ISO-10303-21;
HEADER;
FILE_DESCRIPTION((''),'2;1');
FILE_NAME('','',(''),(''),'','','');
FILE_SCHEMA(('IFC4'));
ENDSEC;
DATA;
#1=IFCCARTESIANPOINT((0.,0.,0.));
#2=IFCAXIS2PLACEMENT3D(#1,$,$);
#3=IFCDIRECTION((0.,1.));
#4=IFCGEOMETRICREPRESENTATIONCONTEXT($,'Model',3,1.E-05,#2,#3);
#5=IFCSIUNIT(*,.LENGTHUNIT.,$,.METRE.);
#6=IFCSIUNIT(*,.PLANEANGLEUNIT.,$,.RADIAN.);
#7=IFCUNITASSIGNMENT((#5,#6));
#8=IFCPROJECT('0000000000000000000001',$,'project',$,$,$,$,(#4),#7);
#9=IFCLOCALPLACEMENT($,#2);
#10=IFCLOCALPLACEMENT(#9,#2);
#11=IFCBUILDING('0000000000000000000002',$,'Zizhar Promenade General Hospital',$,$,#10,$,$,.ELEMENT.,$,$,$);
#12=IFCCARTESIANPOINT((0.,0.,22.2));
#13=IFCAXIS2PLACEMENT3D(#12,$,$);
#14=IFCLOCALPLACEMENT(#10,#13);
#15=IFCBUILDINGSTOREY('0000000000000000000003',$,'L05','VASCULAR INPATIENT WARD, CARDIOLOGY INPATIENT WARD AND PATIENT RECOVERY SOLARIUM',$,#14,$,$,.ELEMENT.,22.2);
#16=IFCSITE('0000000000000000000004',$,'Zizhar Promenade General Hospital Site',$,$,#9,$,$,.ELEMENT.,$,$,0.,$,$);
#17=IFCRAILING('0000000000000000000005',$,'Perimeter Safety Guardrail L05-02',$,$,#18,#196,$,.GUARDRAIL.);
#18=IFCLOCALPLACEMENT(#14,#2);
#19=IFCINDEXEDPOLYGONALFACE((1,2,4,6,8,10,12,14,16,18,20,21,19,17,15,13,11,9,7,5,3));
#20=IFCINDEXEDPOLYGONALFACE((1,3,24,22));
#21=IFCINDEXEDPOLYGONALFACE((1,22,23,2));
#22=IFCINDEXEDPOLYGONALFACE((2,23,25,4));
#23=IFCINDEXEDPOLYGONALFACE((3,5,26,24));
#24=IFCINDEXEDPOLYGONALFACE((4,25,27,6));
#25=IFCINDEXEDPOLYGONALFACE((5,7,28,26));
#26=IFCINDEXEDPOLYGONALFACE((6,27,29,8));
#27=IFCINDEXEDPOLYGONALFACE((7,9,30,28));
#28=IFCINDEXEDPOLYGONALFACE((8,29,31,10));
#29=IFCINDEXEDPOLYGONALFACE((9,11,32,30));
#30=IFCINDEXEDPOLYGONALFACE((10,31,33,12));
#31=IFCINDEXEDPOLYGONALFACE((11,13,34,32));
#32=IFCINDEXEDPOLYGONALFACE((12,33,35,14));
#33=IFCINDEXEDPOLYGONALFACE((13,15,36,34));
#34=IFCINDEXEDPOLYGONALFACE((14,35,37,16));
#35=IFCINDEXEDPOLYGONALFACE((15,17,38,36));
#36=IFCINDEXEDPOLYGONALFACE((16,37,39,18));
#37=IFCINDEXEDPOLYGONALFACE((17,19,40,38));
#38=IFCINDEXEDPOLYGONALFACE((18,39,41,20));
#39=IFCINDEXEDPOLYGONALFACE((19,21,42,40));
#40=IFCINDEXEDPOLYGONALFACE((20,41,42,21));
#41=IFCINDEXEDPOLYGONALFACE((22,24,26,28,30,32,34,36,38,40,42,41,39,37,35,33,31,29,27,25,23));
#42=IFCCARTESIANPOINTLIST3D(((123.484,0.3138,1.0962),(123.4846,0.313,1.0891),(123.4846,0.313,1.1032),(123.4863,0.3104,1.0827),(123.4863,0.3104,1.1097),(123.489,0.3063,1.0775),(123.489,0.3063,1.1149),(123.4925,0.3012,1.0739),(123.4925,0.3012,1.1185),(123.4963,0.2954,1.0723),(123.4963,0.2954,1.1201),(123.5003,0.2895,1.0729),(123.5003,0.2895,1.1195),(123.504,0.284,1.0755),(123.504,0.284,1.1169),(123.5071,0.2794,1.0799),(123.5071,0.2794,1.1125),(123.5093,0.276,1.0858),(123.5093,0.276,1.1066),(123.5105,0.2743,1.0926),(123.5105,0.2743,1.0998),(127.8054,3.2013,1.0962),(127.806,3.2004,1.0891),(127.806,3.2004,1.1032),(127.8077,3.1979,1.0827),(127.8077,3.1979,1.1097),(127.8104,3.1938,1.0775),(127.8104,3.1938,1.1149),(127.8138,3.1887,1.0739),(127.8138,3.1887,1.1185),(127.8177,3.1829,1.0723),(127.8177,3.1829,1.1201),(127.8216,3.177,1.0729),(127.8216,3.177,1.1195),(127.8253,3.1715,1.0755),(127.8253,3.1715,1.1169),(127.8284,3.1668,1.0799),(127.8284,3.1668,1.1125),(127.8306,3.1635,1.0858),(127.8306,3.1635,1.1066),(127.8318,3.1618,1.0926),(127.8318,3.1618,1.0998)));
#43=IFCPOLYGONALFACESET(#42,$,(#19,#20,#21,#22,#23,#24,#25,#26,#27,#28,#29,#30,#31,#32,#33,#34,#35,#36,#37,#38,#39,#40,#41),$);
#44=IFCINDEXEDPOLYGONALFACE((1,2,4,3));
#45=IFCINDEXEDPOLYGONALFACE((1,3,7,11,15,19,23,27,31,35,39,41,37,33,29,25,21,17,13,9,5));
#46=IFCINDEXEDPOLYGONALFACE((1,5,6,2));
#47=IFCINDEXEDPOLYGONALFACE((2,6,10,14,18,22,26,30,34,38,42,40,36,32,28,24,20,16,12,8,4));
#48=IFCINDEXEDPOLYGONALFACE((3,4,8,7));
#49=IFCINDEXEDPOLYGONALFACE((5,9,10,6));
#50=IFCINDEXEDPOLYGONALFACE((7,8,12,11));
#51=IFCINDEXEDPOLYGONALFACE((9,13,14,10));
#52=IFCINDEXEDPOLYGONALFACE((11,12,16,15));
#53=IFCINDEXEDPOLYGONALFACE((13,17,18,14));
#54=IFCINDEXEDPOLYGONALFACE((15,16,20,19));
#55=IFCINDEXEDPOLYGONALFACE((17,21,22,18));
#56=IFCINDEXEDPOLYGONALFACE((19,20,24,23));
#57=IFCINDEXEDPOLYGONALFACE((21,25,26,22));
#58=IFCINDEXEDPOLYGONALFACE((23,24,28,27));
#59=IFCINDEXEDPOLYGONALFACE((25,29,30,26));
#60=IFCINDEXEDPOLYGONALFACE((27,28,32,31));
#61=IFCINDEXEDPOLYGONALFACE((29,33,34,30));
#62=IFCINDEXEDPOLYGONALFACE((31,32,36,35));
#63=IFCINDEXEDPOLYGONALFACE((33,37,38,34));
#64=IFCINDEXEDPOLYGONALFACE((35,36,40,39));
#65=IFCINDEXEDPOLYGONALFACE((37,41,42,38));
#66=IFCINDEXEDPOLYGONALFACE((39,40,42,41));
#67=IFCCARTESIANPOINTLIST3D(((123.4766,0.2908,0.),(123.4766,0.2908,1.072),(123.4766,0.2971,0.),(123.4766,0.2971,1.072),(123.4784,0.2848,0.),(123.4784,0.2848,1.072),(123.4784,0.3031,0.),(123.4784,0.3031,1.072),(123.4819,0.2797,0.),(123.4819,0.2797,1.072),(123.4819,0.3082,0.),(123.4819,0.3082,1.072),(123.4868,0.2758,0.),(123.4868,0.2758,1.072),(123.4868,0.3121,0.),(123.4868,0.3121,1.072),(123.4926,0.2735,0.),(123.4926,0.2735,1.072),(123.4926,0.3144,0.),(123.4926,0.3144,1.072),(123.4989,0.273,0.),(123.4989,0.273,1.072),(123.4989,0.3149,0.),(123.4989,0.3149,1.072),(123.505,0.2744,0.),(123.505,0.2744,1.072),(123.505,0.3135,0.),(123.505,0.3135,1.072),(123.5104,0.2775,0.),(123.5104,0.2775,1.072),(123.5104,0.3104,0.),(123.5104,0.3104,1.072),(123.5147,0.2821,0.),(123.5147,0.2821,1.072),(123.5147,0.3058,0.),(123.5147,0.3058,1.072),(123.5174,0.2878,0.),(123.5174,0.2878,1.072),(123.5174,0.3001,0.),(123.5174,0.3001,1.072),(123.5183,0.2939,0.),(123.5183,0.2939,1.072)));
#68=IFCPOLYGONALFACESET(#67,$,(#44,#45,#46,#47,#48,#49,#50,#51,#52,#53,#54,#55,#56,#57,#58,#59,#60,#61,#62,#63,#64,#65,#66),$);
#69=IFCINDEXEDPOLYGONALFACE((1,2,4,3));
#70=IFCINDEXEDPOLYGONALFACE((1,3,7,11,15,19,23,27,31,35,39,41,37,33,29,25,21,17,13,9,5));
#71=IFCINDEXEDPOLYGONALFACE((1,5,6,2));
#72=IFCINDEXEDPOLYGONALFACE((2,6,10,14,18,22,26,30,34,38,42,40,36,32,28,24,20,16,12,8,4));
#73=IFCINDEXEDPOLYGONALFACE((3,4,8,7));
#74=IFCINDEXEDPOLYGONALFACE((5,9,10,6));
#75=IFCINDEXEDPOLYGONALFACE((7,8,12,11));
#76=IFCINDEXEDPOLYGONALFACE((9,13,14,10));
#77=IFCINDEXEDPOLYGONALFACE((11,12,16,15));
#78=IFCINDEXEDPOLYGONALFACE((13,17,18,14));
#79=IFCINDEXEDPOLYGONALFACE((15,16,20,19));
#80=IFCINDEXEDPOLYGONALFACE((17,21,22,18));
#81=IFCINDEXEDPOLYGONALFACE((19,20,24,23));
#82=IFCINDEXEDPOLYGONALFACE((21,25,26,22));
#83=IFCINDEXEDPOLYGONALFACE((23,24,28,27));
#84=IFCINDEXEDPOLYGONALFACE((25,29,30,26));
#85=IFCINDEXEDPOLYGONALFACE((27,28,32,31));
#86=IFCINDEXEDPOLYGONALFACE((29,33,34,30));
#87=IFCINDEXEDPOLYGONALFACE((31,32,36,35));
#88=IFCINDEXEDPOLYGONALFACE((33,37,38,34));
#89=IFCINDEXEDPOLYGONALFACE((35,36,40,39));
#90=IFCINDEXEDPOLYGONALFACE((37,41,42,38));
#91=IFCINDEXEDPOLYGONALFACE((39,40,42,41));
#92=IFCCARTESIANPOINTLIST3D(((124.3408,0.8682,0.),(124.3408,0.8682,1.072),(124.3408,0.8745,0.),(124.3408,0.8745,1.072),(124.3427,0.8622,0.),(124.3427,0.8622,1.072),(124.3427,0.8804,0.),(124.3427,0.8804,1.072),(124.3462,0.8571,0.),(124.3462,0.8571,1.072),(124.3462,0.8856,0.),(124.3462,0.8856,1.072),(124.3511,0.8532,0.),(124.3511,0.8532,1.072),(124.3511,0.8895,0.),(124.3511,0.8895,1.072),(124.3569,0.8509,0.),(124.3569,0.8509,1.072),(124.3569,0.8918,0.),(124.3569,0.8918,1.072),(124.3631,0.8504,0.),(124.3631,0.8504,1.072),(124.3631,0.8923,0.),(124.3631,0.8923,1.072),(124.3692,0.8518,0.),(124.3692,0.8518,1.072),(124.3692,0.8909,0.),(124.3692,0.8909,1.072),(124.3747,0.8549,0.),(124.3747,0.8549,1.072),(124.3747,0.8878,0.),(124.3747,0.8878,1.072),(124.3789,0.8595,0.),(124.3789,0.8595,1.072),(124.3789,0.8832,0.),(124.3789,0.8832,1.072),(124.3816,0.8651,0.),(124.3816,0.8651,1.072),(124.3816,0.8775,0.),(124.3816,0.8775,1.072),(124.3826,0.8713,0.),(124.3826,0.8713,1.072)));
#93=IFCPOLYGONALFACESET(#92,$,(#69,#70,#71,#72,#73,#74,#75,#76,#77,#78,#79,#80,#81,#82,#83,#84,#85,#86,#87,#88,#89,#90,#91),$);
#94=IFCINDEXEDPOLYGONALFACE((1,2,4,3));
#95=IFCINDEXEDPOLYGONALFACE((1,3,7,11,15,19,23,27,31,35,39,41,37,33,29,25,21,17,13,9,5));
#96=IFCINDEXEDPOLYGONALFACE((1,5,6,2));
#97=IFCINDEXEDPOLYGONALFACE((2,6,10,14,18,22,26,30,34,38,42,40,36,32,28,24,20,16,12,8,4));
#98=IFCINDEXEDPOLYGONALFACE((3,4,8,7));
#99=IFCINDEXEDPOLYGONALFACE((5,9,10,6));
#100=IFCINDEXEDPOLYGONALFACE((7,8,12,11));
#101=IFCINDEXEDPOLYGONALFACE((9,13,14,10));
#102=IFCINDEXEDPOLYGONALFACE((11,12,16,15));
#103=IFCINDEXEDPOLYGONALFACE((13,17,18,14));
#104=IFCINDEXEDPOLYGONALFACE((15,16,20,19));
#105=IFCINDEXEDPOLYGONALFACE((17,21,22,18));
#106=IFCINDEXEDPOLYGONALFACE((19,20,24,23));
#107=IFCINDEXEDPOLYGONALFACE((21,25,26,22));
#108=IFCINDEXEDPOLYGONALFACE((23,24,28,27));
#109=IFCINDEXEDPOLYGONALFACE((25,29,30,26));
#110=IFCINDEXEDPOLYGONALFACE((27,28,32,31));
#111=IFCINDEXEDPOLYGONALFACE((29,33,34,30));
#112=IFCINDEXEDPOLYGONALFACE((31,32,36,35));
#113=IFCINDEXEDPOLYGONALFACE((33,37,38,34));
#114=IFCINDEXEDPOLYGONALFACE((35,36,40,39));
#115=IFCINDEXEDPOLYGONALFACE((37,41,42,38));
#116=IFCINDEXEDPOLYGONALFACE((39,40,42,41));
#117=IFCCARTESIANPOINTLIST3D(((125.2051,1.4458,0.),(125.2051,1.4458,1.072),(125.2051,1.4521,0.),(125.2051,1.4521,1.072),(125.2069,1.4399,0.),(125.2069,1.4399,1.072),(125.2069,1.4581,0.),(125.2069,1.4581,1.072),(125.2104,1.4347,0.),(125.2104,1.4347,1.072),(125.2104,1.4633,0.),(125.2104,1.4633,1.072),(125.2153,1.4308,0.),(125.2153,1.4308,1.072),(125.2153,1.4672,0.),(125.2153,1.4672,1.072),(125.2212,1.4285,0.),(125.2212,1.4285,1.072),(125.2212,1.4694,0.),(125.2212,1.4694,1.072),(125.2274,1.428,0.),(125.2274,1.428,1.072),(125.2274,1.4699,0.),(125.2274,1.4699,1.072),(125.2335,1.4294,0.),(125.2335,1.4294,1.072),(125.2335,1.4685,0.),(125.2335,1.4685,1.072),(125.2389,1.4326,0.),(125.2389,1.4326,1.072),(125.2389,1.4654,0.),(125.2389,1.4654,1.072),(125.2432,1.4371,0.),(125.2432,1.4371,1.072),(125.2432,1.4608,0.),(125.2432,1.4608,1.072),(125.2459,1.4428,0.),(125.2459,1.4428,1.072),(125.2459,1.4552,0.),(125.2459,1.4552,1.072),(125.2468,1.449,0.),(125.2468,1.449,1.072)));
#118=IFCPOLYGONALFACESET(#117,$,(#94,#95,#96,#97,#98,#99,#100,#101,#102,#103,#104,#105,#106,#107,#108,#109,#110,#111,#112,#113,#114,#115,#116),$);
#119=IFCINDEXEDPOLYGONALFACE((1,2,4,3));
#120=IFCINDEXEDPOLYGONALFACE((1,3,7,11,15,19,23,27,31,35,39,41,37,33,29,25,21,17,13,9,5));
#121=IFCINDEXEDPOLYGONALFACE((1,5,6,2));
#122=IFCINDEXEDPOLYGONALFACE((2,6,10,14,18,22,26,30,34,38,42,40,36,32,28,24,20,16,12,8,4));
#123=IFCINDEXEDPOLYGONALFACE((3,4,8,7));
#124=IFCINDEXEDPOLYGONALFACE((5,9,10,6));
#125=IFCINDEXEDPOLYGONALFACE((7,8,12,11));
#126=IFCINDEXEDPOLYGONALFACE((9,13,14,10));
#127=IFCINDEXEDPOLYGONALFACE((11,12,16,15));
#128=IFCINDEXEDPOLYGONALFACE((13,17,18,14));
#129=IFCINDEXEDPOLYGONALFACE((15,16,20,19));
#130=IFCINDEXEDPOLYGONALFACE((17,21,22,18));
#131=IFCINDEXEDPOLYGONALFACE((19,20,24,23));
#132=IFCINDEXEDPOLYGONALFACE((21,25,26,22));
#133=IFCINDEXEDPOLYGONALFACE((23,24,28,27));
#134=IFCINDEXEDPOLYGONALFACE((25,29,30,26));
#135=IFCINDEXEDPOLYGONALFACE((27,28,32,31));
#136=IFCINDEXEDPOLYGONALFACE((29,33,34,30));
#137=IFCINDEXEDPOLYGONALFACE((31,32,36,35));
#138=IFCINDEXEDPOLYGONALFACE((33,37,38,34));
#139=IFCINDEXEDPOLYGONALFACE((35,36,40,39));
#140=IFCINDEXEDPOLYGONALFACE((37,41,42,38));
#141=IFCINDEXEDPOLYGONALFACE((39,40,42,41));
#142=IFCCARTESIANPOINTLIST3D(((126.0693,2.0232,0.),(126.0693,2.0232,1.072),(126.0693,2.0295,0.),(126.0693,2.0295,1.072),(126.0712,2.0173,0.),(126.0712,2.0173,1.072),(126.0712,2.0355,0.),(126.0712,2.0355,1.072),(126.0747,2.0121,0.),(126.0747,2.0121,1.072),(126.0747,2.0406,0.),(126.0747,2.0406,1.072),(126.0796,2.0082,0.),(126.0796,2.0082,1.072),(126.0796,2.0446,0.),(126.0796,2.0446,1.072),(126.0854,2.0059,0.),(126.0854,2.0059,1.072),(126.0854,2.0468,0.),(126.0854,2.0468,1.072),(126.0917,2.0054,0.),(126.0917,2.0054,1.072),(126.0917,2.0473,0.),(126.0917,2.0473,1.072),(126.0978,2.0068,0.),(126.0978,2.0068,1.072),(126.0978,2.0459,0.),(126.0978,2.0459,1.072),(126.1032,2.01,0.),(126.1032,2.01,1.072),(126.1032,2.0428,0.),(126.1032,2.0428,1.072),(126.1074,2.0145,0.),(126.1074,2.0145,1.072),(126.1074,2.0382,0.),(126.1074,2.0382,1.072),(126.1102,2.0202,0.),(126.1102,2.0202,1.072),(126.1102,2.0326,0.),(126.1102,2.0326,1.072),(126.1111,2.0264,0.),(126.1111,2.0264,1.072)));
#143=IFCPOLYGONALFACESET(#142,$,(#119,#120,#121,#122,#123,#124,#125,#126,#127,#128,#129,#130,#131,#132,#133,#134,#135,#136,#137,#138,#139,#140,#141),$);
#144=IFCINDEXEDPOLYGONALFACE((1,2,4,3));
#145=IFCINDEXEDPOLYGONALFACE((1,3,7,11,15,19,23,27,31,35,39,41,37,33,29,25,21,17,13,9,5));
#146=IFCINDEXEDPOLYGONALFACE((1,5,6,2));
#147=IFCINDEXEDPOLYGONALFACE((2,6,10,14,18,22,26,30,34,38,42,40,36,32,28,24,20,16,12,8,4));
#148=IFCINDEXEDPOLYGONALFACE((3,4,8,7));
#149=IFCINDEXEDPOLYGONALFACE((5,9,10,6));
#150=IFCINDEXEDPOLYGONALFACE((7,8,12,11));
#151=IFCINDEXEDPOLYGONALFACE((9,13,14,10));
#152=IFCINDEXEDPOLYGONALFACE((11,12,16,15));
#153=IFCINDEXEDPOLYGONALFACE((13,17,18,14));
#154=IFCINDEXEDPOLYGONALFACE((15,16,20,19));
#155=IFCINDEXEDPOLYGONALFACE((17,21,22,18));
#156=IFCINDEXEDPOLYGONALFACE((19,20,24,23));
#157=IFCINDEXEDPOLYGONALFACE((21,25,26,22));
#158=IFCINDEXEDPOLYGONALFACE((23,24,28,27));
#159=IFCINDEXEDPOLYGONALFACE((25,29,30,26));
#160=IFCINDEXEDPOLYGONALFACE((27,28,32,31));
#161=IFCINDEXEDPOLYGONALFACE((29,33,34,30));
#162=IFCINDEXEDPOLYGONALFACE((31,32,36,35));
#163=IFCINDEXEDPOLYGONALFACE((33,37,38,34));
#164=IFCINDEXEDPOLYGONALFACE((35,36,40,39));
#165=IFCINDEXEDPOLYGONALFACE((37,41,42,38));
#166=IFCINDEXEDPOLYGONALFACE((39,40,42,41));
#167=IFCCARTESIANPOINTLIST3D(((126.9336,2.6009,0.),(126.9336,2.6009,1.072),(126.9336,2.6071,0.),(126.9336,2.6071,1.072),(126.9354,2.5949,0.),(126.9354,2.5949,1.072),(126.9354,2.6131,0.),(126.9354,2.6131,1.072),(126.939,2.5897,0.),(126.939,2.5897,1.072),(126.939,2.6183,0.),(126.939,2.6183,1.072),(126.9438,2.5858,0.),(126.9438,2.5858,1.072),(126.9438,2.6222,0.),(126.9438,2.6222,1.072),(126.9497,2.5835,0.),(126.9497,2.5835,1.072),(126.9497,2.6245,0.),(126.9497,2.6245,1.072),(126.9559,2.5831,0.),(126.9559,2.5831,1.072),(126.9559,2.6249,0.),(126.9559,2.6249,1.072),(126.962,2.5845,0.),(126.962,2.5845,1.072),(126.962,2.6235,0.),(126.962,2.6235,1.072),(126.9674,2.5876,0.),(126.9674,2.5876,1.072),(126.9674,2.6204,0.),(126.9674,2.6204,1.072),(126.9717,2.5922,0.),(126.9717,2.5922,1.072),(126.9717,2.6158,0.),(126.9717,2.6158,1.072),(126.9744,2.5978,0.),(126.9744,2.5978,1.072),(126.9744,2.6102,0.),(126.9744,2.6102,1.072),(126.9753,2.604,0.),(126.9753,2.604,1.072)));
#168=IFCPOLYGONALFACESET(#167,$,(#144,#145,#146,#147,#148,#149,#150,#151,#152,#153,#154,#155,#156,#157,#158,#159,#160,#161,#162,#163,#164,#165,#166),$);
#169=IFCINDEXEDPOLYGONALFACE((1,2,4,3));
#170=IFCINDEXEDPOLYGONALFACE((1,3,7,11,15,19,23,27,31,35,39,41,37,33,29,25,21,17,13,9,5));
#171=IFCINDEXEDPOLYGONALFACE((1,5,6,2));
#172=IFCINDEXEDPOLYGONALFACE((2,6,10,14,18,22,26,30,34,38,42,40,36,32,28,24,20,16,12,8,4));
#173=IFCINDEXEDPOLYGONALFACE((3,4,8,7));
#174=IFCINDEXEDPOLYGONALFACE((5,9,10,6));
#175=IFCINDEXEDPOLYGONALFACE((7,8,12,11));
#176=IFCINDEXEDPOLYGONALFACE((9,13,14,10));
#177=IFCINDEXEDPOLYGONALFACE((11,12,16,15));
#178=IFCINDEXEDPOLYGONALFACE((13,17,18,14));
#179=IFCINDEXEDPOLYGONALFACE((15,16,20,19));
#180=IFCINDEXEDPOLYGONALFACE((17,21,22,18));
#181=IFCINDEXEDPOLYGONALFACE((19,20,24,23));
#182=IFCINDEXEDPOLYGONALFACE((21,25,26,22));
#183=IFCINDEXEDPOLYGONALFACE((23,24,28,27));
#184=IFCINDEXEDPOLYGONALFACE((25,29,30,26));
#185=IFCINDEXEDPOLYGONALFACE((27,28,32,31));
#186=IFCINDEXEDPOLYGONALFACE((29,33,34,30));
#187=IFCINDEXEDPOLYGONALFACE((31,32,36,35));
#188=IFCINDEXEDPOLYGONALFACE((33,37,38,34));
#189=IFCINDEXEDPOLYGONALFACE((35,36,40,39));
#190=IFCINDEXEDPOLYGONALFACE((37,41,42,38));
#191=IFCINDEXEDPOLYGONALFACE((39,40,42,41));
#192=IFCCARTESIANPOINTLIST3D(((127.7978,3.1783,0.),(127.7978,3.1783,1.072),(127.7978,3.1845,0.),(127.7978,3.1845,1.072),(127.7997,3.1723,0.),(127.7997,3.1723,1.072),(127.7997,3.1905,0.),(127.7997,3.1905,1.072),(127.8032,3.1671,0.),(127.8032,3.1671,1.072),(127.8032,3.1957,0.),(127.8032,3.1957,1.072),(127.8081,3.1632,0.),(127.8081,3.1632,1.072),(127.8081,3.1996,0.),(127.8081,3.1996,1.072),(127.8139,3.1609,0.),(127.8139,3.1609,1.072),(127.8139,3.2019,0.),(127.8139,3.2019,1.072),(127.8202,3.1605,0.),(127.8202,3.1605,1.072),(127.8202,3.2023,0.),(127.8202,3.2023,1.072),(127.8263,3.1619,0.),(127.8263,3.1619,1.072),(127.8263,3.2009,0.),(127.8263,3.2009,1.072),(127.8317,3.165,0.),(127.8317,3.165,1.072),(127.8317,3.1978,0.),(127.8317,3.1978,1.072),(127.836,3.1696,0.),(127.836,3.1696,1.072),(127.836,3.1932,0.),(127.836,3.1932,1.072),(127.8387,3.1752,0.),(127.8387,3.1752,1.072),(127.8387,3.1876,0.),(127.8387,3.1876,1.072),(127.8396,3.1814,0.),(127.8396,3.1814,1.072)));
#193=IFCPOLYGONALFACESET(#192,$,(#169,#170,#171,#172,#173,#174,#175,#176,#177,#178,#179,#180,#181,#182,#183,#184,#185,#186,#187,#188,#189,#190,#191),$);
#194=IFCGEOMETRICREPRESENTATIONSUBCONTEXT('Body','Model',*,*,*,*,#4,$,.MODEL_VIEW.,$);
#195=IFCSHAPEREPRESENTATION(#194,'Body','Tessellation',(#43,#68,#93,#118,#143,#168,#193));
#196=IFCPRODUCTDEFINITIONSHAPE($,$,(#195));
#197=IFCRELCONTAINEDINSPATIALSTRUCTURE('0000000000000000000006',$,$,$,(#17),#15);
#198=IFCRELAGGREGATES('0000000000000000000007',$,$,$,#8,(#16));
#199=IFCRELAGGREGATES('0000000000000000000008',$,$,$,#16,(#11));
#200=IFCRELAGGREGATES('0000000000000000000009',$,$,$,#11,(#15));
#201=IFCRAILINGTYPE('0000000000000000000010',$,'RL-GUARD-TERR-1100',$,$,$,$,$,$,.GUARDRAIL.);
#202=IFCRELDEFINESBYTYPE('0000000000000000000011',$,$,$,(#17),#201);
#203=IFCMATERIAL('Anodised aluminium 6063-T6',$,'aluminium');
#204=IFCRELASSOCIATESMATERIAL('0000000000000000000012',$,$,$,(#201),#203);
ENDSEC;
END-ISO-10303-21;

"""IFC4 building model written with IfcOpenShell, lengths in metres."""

from ifc_helpers import new_model, si_unit, direction, frame, origin, origin_2d, place, context, subcontext, project, spatial, circle, hollow_circle, extrude, material, material_profile, profile_set, type_object, element, save


model = new_model("IFC4")

# Units and contexts
model_context = context("Model", 3, precision=1e-05, world=origin(), true_north=direction((0.0, 1.0)))
body_context = subcontext(model_context, "Body", "Model", "MODEL_VIEW")
ifc_project = project(units=[si_unit("LENGTHUNIT", "METRE"), si_unit("PLANEANGLEUNIT", "RADIAN")], contexts=[model_context])

# Site, building, storey
site_placement = place(None, origin())
site = spatial("IfcSite", under=ifc_project, at=site_placement, Name="Zizhar Promenade General Hospital Site", CompositionType="ELEMENT", RefElevation=0.0)
building_placement = place(site_placement, origin())
building = spatial("IfcBuilding", under=site, at=building_placement, Name="Zizhar Promenade General Hospital", CompositionType="ELEMENT")
storey_placement = place(building_placement, frame((0.0, 0.0, 22.2)))
storey = spatial("IfcBuildingStorey", under=building, at=storey_placement, Name="L05", Description="VASCULAR INPATIENT WARD, CARDIOLOGY INPATIENT WARD AND PATIENT RECOVERY SOLARIUM", CompositionType="ELEMENT", Elevation=22.2)

# Railing
ifc_material_1 = material(Name="Anodised aluminium 6063-T6", Category="aluminium")
ifc_material_profile_1 = material_profile(ifc_material_1, hollow_circle(Radius=0.0698, WallThickness=0.0063, at=origin_2d()))
ifc_profile_set_1 = profile_set([ifc_material_profile_1], Name="Anodised aluminium 6063-T6")
railing_type = type_object("IfcRailingType", Name="RL-GUARD-TERR-1100", PredefinedType="GUARDRAIL", material=ifc_profile_set_1)
railing_1_placement = place(storey_placement, frame((123.4973, 0.2939, 0.0)))
element("IfcRailing", 1, at=railing_1_placement, inside=storey, type_object=railing_type, Name="Perimeter Safety Guardrail L05-02", PredefinedType="GUARDRAIL", context=body_context, shape_type="SweptSolid", body=[
    extrude(circle(Radius=0.0239, at=origin_2d()), frame((0.0, 0.0, 1.0962), z_axis=(0.831464, 0.555578, 0.0), x_axis=(-0.555578, 0.831464, 0.0)), (0.0, 0.0, 1.0), 5.1973),
    extrude(circle(Radius=0.021, at=origin_2d()), origin(), (0.0, 0.0, 1.0), 1.072),
    extrude(circle(Radius=0.021, at=origin_2d()), frame((0.8643, 0.5774, 0.0)), (0.0, 0.0, 1.0), 1.072),
    extrude(circle(Radius=0.021, at=origin_2d()), frame((1.7285, 1.155, 0.0)), (0.0, 0.0, 1.0), 1.072),
    extrude(circle(Radius=0.021, at=origin_2d()), frame((2.5928, 1.7324, 0.0)), (0.0, 0.0, 1.0), 1.072),
    extrude(circle(Radius=0.021, at=origin_2d()), frame((3.457, 2.3101, 0.0)), (0.0, 0.0, 1.0), 1.072),
    extrude(circle(Radius=0.021, at=origin_2d()), frame((4.3213, 2.8875, 0.0)), (0.0, 0.0, 1.0), 1.072),
])

save(model, "model.ifc")
